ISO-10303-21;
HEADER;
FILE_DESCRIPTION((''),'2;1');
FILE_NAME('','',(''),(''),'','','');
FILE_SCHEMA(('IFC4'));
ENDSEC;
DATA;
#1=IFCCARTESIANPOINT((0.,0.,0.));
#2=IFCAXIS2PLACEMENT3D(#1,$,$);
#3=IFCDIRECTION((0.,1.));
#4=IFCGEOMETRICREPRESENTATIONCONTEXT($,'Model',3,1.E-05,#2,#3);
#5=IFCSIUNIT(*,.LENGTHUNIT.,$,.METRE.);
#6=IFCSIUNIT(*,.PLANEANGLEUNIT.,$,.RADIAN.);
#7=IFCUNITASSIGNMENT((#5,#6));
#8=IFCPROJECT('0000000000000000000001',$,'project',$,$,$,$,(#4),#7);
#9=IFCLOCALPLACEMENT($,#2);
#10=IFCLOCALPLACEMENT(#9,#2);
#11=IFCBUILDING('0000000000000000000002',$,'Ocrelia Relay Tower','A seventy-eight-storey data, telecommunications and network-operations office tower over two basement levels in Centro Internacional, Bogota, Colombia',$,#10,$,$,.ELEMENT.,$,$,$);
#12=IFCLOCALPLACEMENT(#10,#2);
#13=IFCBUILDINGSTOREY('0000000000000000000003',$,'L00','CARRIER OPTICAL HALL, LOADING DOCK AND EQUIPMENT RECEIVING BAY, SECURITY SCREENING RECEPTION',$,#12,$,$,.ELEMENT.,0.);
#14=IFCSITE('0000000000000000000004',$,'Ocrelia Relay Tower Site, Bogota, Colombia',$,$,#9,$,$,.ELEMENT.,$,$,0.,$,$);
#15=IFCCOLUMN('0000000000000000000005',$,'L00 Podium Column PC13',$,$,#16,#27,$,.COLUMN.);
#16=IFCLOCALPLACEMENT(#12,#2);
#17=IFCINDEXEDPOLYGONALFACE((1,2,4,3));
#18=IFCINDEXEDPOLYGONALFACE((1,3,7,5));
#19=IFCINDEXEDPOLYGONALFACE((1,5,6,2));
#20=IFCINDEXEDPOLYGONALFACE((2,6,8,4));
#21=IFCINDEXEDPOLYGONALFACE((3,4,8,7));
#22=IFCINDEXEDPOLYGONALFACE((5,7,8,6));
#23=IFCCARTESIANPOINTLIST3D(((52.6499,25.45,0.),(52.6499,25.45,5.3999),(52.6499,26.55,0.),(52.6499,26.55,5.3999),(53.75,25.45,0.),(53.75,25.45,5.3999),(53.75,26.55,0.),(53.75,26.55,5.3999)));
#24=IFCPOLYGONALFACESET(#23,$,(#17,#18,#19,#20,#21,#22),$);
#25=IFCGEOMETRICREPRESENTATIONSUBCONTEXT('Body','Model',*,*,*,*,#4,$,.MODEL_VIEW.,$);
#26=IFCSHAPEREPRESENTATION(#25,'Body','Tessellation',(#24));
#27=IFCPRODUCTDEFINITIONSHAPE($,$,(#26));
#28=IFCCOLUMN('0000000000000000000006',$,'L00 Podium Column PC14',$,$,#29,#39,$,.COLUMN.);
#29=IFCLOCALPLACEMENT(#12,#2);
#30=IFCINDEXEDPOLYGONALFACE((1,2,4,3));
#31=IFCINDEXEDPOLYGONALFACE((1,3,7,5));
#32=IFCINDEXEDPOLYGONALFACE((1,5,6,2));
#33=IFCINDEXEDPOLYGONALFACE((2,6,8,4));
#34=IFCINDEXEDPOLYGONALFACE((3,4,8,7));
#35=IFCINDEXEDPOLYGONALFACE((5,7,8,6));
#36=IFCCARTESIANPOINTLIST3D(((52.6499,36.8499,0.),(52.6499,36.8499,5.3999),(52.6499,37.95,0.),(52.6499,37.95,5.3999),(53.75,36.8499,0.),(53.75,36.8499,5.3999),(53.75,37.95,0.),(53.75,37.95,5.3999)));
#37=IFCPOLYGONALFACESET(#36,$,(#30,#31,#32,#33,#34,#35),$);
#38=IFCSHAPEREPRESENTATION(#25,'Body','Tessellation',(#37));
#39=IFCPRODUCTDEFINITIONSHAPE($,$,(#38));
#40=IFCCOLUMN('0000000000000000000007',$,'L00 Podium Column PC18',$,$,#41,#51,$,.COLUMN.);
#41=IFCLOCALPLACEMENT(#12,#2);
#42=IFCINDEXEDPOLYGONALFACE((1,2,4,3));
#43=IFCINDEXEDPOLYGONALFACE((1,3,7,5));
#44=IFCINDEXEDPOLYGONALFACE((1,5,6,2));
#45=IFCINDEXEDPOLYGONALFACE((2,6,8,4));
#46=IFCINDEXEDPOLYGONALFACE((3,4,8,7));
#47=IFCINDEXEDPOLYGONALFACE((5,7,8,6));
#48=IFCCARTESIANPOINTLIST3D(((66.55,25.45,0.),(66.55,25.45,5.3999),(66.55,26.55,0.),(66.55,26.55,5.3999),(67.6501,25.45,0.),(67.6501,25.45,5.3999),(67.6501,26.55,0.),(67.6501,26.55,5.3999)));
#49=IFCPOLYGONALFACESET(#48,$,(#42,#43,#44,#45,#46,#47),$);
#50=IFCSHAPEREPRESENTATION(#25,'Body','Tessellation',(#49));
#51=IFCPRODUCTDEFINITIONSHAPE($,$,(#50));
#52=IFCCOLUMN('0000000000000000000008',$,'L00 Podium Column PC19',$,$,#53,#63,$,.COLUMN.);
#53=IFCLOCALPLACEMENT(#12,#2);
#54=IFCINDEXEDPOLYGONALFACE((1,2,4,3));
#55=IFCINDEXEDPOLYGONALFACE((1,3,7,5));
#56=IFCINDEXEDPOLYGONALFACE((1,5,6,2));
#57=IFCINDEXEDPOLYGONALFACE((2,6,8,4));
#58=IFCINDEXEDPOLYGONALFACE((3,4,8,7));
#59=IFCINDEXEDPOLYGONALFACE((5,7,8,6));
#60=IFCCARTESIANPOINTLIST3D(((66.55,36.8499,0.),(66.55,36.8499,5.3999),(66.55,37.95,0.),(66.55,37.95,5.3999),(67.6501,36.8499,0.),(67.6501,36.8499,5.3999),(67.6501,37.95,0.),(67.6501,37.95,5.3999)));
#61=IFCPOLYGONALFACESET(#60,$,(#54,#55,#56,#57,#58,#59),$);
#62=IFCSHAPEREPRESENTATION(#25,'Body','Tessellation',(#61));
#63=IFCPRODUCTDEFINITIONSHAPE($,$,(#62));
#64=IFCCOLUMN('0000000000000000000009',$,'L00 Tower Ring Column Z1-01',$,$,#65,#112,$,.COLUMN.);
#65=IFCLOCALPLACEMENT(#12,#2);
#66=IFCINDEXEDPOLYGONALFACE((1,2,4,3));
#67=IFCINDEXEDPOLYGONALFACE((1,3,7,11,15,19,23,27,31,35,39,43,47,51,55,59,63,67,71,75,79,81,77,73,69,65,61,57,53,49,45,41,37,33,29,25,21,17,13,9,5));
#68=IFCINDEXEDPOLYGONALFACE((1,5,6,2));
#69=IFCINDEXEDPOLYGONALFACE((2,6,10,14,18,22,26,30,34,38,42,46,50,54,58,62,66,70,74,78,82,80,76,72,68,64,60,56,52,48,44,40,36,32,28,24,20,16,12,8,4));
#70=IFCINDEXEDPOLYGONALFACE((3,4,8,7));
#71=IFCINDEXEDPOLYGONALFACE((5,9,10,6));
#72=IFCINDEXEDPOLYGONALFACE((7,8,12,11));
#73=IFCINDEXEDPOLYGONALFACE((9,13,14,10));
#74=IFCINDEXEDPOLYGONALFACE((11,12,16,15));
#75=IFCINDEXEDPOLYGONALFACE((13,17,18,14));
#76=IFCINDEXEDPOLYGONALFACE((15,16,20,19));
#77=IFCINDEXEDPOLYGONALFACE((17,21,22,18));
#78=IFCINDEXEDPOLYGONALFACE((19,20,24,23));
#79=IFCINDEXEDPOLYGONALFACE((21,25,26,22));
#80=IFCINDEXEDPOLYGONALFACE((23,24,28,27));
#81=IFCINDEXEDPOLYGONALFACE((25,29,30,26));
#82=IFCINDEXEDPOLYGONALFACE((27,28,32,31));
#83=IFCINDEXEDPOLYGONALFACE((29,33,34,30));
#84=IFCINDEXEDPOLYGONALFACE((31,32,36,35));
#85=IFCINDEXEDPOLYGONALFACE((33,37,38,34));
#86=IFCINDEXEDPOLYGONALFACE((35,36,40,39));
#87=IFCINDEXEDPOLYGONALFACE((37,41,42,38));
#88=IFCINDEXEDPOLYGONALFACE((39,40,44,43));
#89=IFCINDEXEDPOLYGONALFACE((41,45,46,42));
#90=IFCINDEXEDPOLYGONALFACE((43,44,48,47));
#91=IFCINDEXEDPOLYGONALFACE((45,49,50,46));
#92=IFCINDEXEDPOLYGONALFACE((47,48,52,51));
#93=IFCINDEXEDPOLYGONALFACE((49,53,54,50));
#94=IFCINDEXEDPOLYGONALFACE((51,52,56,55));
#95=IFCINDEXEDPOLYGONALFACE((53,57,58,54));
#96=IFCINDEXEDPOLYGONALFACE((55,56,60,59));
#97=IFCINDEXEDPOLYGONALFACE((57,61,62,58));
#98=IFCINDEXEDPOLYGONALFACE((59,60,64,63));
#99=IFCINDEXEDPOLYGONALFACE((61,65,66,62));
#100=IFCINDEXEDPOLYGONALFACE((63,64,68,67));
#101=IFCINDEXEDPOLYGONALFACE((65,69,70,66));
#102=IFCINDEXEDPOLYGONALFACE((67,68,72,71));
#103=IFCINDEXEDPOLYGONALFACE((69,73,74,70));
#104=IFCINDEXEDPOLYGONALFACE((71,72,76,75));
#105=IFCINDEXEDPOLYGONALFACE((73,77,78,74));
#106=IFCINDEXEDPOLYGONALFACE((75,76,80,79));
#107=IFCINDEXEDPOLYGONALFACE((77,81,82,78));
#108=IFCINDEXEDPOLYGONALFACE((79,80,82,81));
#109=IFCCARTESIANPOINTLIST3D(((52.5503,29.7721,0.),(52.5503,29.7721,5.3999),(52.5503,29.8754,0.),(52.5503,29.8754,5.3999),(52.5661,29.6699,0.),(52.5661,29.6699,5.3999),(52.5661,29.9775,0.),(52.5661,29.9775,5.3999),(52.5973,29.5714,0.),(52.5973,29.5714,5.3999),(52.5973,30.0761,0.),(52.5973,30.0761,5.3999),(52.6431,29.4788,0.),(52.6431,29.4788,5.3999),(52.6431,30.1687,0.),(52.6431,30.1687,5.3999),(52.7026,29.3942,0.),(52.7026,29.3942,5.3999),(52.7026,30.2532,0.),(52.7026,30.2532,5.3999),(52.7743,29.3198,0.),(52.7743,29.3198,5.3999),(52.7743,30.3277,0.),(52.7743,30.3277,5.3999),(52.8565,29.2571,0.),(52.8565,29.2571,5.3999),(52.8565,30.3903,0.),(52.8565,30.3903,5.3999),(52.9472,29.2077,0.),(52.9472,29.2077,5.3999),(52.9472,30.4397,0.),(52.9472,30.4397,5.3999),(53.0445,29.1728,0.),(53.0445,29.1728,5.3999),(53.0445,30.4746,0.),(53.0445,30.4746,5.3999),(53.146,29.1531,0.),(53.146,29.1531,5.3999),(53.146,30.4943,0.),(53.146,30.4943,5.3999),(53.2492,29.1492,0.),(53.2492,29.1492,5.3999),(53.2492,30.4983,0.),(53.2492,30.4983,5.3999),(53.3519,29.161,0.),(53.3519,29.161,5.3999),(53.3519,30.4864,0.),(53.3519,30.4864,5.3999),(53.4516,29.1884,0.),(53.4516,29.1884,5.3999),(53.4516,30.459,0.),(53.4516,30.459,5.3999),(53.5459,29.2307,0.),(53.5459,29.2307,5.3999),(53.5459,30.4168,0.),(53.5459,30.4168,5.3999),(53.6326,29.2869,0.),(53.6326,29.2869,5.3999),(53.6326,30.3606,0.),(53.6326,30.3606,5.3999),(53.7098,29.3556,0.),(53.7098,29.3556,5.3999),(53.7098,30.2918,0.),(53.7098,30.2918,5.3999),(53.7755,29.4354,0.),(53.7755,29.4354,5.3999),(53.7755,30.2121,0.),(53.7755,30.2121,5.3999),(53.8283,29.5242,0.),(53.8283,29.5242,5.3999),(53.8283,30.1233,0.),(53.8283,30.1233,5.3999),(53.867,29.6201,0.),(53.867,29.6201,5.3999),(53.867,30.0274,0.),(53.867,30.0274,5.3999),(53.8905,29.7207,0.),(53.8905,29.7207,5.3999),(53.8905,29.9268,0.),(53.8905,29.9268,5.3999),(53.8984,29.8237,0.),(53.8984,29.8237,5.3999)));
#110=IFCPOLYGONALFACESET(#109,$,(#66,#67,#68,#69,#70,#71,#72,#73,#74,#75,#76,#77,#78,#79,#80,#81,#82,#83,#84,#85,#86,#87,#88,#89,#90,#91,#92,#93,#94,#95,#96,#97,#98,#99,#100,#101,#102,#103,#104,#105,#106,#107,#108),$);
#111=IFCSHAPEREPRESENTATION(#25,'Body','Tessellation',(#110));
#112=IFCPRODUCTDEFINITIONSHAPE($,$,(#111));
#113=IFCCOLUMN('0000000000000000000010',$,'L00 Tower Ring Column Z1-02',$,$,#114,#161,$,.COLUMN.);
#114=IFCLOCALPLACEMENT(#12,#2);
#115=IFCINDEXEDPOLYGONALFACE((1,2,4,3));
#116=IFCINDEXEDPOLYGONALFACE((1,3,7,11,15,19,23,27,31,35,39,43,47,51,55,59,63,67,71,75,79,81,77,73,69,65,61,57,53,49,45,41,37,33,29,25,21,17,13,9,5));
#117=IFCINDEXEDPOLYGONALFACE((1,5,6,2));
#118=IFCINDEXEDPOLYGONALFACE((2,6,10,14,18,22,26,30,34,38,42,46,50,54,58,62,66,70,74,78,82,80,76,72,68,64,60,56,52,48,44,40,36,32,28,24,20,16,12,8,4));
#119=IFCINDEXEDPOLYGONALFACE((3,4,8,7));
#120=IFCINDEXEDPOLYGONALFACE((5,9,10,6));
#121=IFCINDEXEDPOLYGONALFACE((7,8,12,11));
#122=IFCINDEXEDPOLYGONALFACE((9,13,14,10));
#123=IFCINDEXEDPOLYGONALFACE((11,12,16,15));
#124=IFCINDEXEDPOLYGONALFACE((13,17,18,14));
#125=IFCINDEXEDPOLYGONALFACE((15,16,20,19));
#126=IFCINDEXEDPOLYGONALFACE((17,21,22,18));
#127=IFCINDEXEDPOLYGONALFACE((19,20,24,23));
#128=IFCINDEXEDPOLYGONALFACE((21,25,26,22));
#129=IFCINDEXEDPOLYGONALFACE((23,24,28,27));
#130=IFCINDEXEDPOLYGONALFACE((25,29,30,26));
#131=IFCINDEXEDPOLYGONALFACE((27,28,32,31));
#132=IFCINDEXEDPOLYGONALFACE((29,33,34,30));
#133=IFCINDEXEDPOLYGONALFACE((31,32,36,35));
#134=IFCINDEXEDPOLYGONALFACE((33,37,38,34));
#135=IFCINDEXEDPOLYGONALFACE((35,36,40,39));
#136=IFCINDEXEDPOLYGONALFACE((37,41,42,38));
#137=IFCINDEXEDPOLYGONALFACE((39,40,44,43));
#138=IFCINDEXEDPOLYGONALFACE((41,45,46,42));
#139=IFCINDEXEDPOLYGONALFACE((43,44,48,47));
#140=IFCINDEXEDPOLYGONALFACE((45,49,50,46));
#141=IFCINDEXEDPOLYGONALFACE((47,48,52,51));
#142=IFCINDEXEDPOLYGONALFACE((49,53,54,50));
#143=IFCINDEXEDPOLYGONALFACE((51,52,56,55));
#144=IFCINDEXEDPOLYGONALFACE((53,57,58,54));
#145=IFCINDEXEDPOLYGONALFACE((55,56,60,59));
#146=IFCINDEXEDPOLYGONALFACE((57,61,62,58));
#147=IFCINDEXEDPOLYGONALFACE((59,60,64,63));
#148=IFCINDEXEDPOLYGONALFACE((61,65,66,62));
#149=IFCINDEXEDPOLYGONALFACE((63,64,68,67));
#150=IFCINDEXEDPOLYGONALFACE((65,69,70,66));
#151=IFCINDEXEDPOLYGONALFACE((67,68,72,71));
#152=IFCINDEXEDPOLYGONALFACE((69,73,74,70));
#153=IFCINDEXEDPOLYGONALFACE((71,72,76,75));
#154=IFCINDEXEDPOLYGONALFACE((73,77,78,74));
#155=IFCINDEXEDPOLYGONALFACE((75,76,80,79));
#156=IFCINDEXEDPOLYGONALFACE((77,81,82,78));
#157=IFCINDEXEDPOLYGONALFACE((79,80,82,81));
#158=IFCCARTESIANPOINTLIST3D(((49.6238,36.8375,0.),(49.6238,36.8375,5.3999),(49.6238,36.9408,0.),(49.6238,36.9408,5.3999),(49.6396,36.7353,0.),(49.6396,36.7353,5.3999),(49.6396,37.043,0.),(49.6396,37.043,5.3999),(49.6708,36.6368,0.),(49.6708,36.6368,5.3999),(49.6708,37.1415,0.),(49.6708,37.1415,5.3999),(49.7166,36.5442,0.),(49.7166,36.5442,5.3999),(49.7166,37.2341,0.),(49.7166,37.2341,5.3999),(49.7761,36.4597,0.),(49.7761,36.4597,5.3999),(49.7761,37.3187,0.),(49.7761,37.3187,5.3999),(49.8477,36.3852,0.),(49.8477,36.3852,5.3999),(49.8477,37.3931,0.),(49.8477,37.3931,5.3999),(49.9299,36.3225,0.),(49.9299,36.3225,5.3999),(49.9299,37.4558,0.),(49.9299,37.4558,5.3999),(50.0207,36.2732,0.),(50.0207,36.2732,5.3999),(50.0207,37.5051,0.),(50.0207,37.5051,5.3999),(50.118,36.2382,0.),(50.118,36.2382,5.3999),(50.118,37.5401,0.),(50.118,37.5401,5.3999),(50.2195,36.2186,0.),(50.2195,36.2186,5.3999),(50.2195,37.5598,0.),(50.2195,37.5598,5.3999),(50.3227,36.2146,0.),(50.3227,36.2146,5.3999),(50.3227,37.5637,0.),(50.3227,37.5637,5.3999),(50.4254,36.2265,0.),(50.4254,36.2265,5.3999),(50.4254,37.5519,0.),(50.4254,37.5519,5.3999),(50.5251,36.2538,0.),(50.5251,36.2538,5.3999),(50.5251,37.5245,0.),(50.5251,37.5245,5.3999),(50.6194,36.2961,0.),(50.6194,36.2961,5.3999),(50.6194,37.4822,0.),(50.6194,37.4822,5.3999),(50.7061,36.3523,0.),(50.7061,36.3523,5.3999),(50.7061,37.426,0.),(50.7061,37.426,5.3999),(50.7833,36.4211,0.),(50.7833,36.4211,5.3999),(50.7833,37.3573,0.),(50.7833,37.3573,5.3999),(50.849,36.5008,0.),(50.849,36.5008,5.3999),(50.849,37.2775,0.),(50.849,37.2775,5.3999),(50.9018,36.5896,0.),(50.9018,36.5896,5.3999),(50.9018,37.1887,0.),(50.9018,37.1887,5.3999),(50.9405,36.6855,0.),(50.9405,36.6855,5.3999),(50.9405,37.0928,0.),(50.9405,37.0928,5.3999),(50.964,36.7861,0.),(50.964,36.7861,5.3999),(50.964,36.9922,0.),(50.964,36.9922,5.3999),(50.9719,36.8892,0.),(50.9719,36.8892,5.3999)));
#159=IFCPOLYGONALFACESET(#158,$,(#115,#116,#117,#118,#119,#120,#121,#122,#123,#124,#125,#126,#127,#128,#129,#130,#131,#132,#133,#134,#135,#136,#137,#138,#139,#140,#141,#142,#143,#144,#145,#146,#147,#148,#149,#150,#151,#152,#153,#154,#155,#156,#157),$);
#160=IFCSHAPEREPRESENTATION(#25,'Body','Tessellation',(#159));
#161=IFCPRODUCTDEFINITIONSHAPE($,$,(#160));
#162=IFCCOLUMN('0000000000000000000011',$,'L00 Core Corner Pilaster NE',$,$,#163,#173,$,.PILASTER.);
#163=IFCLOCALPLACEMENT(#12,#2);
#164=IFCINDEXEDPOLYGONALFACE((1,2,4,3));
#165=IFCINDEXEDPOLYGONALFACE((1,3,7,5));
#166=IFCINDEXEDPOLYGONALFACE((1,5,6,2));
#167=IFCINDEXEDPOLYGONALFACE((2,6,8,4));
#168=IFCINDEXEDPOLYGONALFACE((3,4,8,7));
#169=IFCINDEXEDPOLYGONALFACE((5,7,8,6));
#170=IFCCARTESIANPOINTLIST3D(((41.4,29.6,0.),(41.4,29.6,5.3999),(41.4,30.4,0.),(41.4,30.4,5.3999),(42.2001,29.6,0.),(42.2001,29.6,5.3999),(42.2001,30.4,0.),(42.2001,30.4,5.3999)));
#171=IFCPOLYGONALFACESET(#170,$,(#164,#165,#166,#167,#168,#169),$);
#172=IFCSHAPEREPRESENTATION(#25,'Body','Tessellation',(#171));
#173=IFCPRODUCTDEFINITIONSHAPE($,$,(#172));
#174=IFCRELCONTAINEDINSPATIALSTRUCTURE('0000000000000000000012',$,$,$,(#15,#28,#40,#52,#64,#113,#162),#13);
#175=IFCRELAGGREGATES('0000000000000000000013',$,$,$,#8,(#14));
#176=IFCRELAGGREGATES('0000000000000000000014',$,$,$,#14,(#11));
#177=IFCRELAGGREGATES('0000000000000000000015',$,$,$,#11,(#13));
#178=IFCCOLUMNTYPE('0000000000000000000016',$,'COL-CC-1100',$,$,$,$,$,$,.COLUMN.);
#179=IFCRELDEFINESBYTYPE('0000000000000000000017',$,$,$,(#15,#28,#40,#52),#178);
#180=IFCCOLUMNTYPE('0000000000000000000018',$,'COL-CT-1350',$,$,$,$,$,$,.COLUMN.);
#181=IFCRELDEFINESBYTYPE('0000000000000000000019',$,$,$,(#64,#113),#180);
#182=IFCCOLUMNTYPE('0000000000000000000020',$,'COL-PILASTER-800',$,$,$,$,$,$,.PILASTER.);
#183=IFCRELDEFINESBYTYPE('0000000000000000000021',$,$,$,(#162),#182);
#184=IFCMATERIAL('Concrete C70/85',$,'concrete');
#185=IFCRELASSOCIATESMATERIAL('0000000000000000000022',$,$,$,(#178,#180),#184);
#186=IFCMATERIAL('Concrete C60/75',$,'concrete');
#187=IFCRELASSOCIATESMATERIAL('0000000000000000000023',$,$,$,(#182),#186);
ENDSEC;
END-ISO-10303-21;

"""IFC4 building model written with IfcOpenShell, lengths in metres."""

from ifc_helpers import new_model, si_unit, direction, frame, origin, origin_2d, place, context, subcontext, project, spatial, rectangle, circle, extrude, material, material_profile, profile_set, type_object, element, save


model = new_model("IFC4")

# Units and contexts
model_context = context("Model", 3, precision=1e-05, world=origin(), true_north=direction((0.0, 1.0)))
body_context = subcontext(model_context, "Body", "Model", "MODEL_VIEW")
ifc_project = project(units=[si_unit("LENGTHUNIT", "METRE"), si_unit("PLANEANGLEUNIT", "RADIAN")], contexts=[model_context])

# Site, building, storey
site_placement = place(None, origin())
site = spatial("IfcSite", under=ifc_project, at=site_placement, Name="Ocrelia Relay Tower Site, Bogota, Colombia", CompositionType="ELEMENT", RefElevation=0.0)
building_placement = place(site_placement, origin())
building = spatial("IfcBuilding", under=site, at=building_placement, Name="Ocrelia Relay Tower", Description="A seventy-eight-storey data, telecommunications and network-operations office tower over two basement levels in Centro Internacional, Bogota, Colombia", CompositionType="ELEMENT")
storey_placement = place(building_placement, origin())
storey = spatial("IfcBuildingStorey", under=building, at=storey_placement, Name="L00", Description="CARRIER OPTICAL HALL, LOADING DOCK AND EQUIPMENT RECEIVING BAY, SECURITY SCREENING RECEPTION", CompositionType="ELEMENT", Elevation=0.0)

# Columns
ifc_material_1 = material(Name="Concrete C70/85", Category="concrete")
ifc_material_profile_1 = material_profile(ifc_material_1, rectangle(XDim=1.1001, YDim=1.1001, at=origin_2d()), Name="RC-COL-1100x1100")
ifc_profile_set_1 = profile_set([ifc_material_profile_1], Name="Concrete C70/85")
column_type_1 = type_object("IfcColumnType", Name="COL-CC-1100", PredefinedType="COLUMN", material=ifc_profile_set_1)
for number, where, z_axis, x_axis, name in (
    (1, (53.2, 26.0, 0.0), (0.0, 0.0, 1.0), (1.0, 0.0, 0.0), "L00 Podium Column PC13"),
    (2, (53.2, 37.3999, 0.0), (0.0, 0.0, 1.0), (1.0, 0.0, 0.0), "L00 Podium Column PC14"),
    (3, (67.1001, 26.0, 0.0), (0.0, 0.0, 1.0), (1.0, 0.0, 0.0), "L00 Podium Column PC18"),
    (4, (67.1001, 37.3999, 0.0), (0.0, 0.0, 1.0), (1.0, 0.0, 0.0), "L00 Podium Column PC19"),
):
    element("IfcColumn", number, at=place(storey_placement, frame(where, z_axis=z_axis, x_axis=x_axis)), inside=storey, type_object=column_type_1, Name=name, PredefinedType="COLUMN", context=body_context, shape_type="SweptSolid", body=[
        extrude(rectangle(XDim=1.1001, YDim=1.1001, at=origin_2d()), origin(), (0.0, 0.0, 1.0), 5.3999),
    ])
ifc_material_profile_2 = material_profile(ifc_material_1, circle(Radius=0.675, at=origin_2d()), Name="RC-CIR-1350")
ifc_profile_set_2 = profile_set([ifc_material_profile_2], Name="Concrete C70/85")
column_type_2 = type_object("IfcColumnType", Name="COL-CT-1350", PredefinedType="COLUMN", material=ifc_profile_set_2)
for number, where, z_axis, x_axis, name in (
    (5, (53.2234, 29.8237, 0.0), (0.0, 0.0, 1.0), (1.0, 0.0, 0.0), "L00 Tower Ring Column Z1-01"),
    (6, (50.2969, 36.8892, 0.0), (0.0, 0.0, 1.0), (1.0, 0.0, 0.0), "L00 Tower Ring Column Z1-02"),
):
    element("IfcColumn", number, at=place(storey_placement, frame(where, z_axis=z_axis, x_axis=x_axis)), inside=storey, type_object=column_type_2, Name=name, PredefinedType="COLUMN", context=body_context, shape_type="SweptSolid", body=[
        extrude(circle(Radius=0.675, at=origin_2d()), origin(), (0.0, 0.0, 1.0), 5.3999),
    ])
ifc_material_2 = material(Name="Concrete C60/75", Category="concrete")
ifc_material_profile_3 = material_profile(ifc_material_2, rectangle(XDim=0.8, YDim=0.8, at=origin_2d()), Name="RC-COL-800x800")
ifc_profile_set_3 = profile_set([ifc_material_profile_3], Name="Concrete C60/75")
column_type_3 = type_object("IfcColumnType", Name="COL-PILASTER-800", PredefinedType="PILASTER", material=ifc_profile_set_3)
column_placement = place(storey_placement, frame((41.8, 30.0, 0.0), z_axis=(0.0, 0.0, 1.0), x_axis=(1.0, 0.0, 0.0)))
element("IfcColumn", 7, at=column_placement, inside=storey, type_object=column_type_3, Name="L00 Core Corner Pilaster NE", PredefinedType="PILASTER", context=body_context, shape_type="SweptSolid", body=[
    extrude(rectangle(XDim=0.8, YDim=0.8, at=origin_2d()), origin(), (0.0, 0.0, 1.0), 5.3999),
])

save(model, "model.ifc")
